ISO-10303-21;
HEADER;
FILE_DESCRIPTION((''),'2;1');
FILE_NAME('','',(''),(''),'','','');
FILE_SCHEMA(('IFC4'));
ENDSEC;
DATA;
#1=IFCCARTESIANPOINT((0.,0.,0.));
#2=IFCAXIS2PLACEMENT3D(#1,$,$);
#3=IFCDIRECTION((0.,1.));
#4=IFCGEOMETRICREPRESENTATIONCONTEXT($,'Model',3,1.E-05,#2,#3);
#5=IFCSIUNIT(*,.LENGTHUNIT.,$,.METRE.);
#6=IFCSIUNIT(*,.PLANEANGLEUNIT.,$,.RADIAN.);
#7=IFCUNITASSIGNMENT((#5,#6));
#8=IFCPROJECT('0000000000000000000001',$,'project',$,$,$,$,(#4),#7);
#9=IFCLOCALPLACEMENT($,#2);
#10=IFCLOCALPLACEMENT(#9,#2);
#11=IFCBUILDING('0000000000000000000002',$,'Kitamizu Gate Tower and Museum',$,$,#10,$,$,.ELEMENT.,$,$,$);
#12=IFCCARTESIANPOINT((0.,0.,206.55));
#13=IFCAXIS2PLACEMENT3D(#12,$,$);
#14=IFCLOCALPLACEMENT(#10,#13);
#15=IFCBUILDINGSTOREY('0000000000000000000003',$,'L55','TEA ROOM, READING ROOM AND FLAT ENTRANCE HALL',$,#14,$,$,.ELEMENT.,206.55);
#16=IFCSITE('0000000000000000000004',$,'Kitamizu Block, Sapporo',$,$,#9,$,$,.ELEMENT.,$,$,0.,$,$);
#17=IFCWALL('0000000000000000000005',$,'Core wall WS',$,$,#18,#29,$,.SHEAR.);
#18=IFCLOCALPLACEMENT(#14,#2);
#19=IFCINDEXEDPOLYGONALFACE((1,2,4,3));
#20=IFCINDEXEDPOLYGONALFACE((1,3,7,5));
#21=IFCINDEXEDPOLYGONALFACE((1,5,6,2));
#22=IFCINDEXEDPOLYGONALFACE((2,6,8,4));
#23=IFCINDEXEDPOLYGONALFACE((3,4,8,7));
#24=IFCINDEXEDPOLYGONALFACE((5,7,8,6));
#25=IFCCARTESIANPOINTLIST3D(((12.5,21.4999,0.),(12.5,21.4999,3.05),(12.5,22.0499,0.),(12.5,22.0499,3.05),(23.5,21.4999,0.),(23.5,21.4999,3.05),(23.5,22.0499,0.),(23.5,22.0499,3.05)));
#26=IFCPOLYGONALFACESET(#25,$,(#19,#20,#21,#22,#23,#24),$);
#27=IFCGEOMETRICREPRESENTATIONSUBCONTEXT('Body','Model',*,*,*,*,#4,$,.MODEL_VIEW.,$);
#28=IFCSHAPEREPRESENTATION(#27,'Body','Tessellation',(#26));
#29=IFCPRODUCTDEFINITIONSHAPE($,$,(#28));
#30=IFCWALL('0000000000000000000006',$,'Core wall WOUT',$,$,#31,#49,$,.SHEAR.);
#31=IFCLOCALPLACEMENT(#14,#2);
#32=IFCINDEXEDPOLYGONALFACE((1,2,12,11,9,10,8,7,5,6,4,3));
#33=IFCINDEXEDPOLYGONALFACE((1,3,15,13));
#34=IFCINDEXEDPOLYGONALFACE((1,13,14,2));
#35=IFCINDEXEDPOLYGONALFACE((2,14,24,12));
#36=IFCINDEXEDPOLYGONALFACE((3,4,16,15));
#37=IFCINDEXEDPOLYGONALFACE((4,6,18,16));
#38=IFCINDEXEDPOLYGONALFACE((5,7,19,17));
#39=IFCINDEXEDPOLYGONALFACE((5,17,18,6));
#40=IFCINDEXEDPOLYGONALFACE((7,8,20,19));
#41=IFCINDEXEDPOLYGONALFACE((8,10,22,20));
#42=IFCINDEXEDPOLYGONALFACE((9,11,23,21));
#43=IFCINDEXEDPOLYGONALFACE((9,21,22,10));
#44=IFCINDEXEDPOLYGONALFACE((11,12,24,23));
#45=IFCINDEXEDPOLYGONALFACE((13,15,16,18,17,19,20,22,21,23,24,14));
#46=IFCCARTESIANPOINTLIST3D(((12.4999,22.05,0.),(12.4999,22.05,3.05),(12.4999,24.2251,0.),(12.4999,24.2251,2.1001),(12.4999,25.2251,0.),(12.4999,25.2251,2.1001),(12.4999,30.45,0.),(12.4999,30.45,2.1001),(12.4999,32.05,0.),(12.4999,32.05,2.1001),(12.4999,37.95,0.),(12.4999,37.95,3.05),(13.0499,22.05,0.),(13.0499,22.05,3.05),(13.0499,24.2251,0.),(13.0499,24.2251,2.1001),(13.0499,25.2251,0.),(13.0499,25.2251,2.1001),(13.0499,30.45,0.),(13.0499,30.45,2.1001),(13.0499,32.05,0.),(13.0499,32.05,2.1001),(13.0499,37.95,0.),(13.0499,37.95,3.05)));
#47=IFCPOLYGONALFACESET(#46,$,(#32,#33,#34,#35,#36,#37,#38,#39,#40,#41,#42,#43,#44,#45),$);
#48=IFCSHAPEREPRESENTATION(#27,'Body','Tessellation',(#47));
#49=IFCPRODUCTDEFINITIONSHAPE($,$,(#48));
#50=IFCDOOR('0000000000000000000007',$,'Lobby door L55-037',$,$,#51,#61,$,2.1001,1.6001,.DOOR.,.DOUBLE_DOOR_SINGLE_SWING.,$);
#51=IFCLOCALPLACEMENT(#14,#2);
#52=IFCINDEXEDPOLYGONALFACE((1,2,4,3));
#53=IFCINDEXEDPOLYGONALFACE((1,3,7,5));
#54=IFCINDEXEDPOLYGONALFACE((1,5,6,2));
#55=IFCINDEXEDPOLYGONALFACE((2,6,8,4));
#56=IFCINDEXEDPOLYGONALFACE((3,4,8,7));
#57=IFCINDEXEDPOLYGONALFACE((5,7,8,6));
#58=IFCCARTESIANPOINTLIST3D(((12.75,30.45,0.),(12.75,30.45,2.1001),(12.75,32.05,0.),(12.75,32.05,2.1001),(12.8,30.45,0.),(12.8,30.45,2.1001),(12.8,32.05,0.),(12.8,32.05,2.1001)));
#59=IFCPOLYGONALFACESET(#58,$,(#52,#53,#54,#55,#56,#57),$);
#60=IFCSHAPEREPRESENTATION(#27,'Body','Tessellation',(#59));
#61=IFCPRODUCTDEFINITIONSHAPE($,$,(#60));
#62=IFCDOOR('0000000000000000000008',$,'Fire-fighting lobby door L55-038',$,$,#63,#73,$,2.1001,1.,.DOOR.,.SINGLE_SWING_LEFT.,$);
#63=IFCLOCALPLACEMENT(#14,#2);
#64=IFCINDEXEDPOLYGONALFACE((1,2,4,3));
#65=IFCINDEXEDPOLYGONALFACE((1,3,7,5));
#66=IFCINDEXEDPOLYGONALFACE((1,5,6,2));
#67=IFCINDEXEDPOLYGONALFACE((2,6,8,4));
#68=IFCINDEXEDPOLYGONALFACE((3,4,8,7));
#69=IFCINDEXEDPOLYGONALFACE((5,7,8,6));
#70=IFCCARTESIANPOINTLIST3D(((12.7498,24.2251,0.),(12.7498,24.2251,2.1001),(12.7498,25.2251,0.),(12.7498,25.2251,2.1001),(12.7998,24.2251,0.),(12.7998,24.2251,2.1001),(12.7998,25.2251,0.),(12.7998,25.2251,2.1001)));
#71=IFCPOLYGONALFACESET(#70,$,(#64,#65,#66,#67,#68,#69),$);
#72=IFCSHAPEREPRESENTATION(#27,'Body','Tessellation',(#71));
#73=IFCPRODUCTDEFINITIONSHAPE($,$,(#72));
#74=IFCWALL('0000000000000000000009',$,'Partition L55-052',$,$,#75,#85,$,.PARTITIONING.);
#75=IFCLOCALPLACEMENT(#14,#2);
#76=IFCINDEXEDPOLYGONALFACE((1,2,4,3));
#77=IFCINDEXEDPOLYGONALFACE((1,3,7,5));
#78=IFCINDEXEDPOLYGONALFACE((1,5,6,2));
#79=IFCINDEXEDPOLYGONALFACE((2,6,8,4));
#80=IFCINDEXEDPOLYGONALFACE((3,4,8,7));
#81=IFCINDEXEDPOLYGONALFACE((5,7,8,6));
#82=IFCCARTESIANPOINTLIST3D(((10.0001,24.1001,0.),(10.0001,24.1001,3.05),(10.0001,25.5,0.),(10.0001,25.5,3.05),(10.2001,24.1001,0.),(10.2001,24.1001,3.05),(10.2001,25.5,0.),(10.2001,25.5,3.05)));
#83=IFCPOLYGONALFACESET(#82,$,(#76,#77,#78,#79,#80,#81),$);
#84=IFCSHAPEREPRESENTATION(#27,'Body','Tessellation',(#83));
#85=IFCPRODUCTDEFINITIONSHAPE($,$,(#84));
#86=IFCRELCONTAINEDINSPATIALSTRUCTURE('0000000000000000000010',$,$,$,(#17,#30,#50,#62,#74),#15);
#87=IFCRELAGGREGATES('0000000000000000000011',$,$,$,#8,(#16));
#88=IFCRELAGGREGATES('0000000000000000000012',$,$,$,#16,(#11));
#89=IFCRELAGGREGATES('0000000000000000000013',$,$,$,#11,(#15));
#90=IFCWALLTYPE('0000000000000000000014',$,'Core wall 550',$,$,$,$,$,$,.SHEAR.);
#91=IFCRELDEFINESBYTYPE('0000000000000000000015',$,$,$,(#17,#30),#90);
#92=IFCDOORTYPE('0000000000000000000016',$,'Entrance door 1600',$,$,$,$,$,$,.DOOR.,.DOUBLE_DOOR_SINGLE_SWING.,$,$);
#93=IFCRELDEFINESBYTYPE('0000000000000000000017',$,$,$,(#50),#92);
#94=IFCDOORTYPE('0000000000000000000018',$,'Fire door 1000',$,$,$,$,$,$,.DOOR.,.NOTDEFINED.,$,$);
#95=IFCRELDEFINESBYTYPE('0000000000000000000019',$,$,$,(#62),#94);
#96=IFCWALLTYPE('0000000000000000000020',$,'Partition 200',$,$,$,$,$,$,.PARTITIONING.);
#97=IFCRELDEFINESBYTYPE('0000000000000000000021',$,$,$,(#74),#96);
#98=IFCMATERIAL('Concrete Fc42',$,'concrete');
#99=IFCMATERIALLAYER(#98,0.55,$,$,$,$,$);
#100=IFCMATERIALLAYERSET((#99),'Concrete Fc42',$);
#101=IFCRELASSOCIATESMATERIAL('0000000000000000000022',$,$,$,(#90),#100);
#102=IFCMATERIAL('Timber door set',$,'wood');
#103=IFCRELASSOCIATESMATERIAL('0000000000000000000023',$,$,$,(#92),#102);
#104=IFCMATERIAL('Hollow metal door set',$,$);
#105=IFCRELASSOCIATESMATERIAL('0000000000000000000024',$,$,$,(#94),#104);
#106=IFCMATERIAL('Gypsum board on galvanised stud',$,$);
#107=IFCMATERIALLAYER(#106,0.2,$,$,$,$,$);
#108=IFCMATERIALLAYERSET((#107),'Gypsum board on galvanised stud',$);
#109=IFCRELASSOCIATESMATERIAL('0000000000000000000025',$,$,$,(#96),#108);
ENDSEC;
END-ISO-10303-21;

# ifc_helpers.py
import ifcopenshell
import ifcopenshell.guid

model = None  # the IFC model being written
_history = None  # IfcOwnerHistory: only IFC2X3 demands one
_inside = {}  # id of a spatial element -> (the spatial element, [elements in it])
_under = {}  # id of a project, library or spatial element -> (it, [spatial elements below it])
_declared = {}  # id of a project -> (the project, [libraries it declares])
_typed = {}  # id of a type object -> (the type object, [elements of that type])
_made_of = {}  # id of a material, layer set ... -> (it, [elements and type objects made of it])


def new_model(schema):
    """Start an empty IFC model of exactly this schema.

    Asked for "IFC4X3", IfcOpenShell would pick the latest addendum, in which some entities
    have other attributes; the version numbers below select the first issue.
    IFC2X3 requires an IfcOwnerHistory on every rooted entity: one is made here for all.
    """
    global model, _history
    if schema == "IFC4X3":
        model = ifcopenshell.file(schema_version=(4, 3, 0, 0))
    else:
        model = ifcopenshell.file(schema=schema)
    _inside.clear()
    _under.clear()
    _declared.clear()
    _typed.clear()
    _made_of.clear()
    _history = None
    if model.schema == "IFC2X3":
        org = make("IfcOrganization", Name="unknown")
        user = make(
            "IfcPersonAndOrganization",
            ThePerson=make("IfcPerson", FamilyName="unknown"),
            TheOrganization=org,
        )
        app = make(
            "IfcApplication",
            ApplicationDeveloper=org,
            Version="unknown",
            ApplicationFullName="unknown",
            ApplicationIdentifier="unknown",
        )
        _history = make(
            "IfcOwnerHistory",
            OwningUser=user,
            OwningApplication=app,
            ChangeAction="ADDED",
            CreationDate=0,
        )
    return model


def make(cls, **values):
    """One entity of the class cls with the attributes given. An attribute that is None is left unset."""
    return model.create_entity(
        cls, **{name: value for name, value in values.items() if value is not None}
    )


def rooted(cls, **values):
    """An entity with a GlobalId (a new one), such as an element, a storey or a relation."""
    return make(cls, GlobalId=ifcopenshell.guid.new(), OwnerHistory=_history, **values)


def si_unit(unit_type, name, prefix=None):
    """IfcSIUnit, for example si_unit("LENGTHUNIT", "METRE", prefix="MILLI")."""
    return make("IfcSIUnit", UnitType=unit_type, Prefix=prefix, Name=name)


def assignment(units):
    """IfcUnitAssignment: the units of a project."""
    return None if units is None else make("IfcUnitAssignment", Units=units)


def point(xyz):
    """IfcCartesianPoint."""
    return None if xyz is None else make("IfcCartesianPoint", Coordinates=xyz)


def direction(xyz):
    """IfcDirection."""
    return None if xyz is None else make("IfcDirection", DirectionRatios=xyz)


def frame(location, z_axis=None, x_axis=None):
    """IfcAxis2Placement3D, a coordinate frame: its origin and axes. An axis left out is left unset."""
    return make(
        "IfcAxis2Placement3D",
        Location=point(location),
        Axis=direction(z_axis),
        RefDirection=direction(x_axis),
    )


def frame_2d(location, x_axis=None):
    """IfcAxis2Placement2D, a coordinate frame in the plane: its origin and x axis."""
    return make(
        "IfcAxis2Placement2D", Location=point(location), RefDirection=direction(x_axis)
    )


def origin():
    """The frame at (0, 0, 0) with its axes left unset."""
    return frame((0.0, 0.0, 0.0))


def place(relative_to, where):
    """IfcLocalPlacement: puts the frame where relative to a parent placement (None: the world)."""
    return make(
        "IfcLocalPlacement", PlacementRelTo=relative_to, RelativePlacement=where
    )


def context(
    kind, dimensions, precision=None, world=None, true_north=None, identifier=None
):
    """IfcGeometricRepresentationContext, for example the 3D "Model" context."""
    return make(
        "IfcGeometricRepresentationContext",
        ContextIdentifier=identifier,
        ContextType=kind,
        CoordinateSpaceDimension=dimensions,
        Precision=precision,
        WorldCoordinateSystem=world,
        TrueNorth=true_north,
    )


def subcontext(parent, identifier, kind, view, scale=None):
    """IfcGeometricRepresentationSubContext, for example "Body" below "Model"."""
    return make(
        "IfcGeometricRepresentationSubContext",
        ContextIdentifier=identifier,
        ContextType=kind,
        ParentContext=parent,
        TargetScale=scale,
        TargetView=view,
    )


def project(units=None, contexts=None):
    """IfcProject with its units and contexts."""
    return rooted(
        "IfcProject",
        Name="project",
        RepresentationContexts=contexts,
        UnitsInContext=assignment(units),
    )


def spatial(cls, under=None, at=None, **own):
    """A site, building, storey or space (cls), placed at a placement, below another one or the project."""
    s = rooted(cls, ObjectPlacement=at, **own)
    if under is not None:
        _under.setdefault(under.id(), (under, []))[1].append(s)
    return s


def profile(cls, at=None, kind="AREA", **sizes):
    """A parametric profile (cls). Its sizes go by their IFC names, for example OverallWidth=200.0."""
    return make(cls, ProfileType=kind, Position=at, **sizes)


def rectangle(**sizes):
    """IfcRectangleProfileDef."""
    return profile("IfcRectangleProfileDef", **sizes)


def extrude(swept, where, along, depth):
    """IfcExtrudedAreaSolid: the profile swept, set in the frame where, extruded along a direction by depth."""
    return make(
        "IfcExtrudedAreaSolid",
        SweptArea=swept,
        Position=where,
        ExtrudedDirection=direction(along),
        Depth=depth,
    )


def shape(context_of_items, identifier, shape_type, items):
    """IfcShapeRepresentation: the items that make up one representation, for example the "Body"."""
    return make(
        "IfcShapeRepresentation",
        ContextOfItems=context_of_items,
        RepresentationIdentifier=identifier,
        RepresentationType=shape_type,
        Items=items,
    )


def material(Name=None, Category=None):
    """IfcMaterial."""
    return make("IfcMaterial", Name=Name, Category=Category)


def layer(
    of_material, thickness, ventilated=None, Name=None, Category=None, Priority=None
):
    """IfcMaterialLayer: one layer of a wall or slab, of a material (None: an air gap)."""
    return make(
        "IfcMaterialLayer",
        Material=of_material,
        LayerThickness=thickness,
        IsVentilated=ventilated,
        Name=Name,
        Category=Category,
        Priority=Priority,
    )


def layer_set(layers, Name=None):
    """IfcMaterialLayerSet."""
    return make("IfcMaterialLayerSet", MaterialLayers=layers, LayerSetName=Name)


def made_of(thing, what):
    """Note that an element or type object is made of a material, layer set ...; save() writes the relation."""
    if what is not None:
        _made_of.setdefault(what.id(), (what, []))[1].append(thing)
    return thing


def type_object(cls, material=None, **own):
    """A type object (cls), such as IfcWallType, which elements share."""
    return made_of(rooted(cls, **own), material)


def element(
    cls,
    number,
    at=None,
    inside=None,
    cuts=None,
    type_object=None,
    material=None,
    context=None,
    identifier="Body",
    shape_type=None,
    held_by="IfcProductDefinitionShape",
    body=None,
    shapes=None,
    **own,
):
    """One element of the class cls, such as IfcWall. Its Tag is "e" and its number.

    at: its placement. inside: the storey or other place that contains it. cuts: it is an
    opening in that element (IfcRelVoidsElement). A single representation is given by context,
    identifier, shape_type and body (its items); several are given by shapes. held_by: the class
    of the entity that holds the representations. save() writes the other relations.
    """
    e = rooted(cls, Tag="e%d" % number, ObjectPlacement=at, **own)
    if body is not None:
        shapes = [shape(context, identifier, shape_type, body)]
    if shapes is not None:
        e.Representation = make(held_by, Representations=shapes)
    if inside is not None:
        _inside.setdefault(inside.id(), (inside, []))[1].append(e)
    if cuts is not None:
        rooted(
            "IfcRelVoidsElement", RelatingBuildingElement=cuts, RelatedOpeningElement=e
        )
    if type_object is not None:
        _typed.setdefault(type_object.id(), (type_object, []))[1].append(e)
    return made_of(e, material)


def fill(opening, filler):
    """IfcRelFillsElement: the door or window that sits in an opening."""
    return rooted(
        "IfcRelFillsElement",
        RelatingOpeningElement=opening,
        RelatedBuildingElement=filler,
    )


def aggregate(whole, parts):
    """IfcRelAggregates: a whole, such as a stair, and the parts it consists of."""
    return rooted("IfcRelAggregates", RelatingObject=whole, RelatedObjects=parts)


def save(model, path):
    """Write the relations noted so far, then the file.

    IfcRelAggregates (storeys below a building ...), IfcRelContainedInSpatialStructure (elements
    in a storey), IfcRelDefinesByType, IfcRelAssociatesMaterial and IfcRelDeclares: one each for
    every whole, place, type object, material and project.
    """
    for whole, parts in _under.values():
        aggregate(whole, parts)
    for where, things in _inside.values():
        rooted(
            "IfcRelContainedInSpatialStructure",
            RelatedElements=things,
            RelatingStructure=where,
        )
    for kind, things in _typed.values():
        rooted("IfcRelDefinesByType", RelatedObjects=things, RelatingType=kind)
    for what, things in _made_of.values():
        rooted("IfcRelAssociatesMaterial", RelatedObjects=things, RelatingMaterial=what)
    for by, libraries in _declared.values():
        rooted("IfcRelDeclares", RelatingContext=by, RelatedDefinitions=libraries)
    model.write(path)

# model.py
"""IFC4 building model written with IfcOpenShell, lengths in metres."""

from ifc_helpers import new_model, si_unit, direction, frame, frame_2d, origin, place, context, subcontext, project, spatial, rectangle, extrude, material, layer, layer_set, type_object, element, fill, save


model = new_model("IFC4")

# Units and contexts
model_context = context("Model", 3, precision=1e-05, world=origin(), true_north=direction((0.0, 1.0)))
body_context = subcontext(model_context, "Body", "Model", "MODEL_VIEW")
ifc_project = project(units=[si_unit("LENGTHUNIT", "METRE"), si_unit("PLANEANGLEUNIT", "RADIAN")], contexts=[model_context])

# Site, building, storey
site_placement = place(None, origin())
site = spatial("IfcSite", under=ifc_project, at=site_placement, Name="Kitamizu Block, Sapporo", CompositionType="ELEMENT", RefElevation=0.0)
building_placement = place(site_placement, origin())
building = spatial("IfcBuilding", under=site, at=building_placement, Name="Kitamizu Gate Tower and Museum", CompositionType="ELEMENT")
storey_placement = place(building_placement, frame((0.0, 0.0, 206.55)))
storey = spatial("IfcBuildingStorey", under=building, at=storey_placement, Name="L55", Description="TEA ROOM, READING ROOM AND FLAT ENTRANCE HALL", CompositionType="ELEMENT", Elevation=206.55)

# Wall
ifc_material_1 = material(Name="Concrete Fc42", Category="concrete")
ifc_layer_1 = layer(ifc_material_1, 0.55)
ifc_layer_set_1 = layer_set([ifc_layer_1], Name="Concrete Fc42")
wall_type_1 = type_object("IfcWallType", Name="Core wall 550", PredefinedType="SHEAR", material=ifc_layer_set_1)
wall_1_placement = place(storey_placement, frame((12.5, 21.7749, 0.0), z_axis=(0.0, 0.0, 1.0), x_axis=(1.0, 0.0, 0.0)))
element("IfcWall", 1, at=wall_1_placement, inside=storey, type_object=wall_type_1, Name="Core wall WS", PredefinedType="SHEAR", context=body_context, shape_type="SweptSolid", body=[
    extrude(rectangle(XDim=11.0, YDim=0.55, at=frame_2d((5.5, 0.0))), origin(), (0.0, 0.0, 1.0), 3.05),
])

# Wall, openings, doors
wall_2_placement = place(storey_placement, frame((12.7749, 22.05, 0.0), z_axis=(0.0, 0.0, 1.0), x_axis=(0.0, 1.0, 0.0)))
wall_2 = element("IfcWall", 2, at=wall_2_placement, inside=storey, type_object=wall_type_1, Name="Core wall WOUT", PredefinedType="SHEAR", context=body_context, shape_type="SweptSolid", body=[
    extrude(rectangle(XDim=15.8999, YDim=0.55, at=frame_2d((7.95, 0.0))), origin(), (0.0, 0.0, 1.0), 3.05),
])
opening_1_placement = place(wall_2_placement, frame((8.3999, 0.0, 0.0)))
opening_1 = element("IfcOpeningElement", 3, at=opening_1_placement, cuts=wall_2, PredefinedType="OPENING", context=body_context, shape_type="SweptSolid", body=[
    extrude(rectangle(XDim=1.6001, YDim=2.1001, at=frame_2d((0.8, 1.05))), frame((0.0, 0.2852, 0.0), z_axis=(0.0, -1.0, 0.0), x_axis=(1.0, 0.0, 0.0)), (0.0, 0.0, 1.0), 0.5701),
])
opening_2_placement = place(wall_2_placement, frame((2.175, 0.0, 0.0)))
opening_2 = element("IfcOpeningElement", 4, at=opening_2_placement, cuts=wall_2, PredefinedType="OPENING", context=body_context, shape_type="SweptSolid", body=[
    extrude(rectangle(XDim=1.0, YDim=2.1001, at=frame_2d((0.5, 1.05))), frame((0.0, 0.2852, 0.0), z_axis=(0.0, -1.0, 0.0), x_axis=(1.0, 0.0, 0.0)), (0.0, 0.0, 1.0), 0.5701),
])
ifc_material_2 = material(Name="Timber door set", Category="wood")
door_type_1 = type_object("IfcDoorType", Name="Entrance door 1600", OperationType="DOUBLE_DOOR_SINGLE_SWING", PredefinedType="DOOR", material=ifc_material_2)
door_1_placement = place(opening_1_placement, origin())
door_1 = element("IfcDoor", 5, at=door_1_placement, inside=storey, type_object=door_type_1, Name="Lobby door L55-037", OperationType="DOUBLE_DOOR_SINGLE_SWING", OverallHeight=2.1001, OverallWidth=1.6001, PredefinedType="DOOR", context=body_context, shape_type="SweptSolid", body=[
    extrude(rectangle(XDim=1.6001, YDim=2.1001, at=frame_2d((0.8, 1.05))), frame((0.0, 0.0249, 0.0), z_axis=(0.0, -1.0, 0.0), x_axis=(1.0, 0.0, 0.0)), (0.0, 0.0, 1.0), 0.05),
])
fill(opening_1, door_1)
ifc_material_3 = material(Name="Hollow metal door set")
door_type_2 = type_object("IfcDoorType", Name="Fire door 1000", OperationType="NOTDEFINED", PredefinedType="DOOR", material=ifc_material_3)
door_2_placement = place(opening_2_placement, frame((1.0, 0.0, 0.0), x_axis=(-1.0, 0.0, 0.0)))
door_2 = element("IfcDoor", 6, at=door_2_placement, inside=storey, type_object=door_type_2, Name="Fire-fighting lobby door L55-038", OperationType="SINGLE_SWING_LEFT", OverallHeight=2.1001, OverallWidth=1.0, PredefinedType="DOOR", context=body_context, shape_type="SweptSolid", body=[
    extrude(rectangle(XDim=1.0, YDim=2.1001, at=frame_2d((0.5, 1.05))), frame((0.0, 0.0249, 0.0), z_axis=(0.0, -1.0, 0.0), x_axis=(1.0, 0.0, 0.0)), (0.0, 0.0, 1.0), 0.05),
])
fill(opening_2, door_2)

# Wall
ifc_material_4 = material(Name="Gypsum board on galvanised stud")
ifc_layer_2 = layer(ifc_material_4, 0.2)
ifc_layer_set_2 = layer_set([ifc_layer_2], Name="Gypsum board on galvanised stud")
wall_type_2 = type_object("IfcWallType", Name="Partition 200", PredefinedType="PARTITIONING", material=ifc_layer_set_2)
wall_3_placement = place(storey_placement, frame((10.1001, 24.1001, 0.0), z_axis=(0.0, 0.0, 1.0), x_axis=(0.0, 1.0, 0.0)))
element("IfcWall", 7, at=wall_3_placement, inside=storey, type_object=wall_type_2, Name="Partition L55-052", PredefinedType="PARTITIONING", context=body_context, shape_type="SweptSolid", body=[
    extrude(rectangle(XDim=1.3999, YDim=0.2, at=frame_2d((0.7, 0.0))), origin(), (0.0, 0.0, 1.0), 3.05),
])

save(model, "model.ifc")
